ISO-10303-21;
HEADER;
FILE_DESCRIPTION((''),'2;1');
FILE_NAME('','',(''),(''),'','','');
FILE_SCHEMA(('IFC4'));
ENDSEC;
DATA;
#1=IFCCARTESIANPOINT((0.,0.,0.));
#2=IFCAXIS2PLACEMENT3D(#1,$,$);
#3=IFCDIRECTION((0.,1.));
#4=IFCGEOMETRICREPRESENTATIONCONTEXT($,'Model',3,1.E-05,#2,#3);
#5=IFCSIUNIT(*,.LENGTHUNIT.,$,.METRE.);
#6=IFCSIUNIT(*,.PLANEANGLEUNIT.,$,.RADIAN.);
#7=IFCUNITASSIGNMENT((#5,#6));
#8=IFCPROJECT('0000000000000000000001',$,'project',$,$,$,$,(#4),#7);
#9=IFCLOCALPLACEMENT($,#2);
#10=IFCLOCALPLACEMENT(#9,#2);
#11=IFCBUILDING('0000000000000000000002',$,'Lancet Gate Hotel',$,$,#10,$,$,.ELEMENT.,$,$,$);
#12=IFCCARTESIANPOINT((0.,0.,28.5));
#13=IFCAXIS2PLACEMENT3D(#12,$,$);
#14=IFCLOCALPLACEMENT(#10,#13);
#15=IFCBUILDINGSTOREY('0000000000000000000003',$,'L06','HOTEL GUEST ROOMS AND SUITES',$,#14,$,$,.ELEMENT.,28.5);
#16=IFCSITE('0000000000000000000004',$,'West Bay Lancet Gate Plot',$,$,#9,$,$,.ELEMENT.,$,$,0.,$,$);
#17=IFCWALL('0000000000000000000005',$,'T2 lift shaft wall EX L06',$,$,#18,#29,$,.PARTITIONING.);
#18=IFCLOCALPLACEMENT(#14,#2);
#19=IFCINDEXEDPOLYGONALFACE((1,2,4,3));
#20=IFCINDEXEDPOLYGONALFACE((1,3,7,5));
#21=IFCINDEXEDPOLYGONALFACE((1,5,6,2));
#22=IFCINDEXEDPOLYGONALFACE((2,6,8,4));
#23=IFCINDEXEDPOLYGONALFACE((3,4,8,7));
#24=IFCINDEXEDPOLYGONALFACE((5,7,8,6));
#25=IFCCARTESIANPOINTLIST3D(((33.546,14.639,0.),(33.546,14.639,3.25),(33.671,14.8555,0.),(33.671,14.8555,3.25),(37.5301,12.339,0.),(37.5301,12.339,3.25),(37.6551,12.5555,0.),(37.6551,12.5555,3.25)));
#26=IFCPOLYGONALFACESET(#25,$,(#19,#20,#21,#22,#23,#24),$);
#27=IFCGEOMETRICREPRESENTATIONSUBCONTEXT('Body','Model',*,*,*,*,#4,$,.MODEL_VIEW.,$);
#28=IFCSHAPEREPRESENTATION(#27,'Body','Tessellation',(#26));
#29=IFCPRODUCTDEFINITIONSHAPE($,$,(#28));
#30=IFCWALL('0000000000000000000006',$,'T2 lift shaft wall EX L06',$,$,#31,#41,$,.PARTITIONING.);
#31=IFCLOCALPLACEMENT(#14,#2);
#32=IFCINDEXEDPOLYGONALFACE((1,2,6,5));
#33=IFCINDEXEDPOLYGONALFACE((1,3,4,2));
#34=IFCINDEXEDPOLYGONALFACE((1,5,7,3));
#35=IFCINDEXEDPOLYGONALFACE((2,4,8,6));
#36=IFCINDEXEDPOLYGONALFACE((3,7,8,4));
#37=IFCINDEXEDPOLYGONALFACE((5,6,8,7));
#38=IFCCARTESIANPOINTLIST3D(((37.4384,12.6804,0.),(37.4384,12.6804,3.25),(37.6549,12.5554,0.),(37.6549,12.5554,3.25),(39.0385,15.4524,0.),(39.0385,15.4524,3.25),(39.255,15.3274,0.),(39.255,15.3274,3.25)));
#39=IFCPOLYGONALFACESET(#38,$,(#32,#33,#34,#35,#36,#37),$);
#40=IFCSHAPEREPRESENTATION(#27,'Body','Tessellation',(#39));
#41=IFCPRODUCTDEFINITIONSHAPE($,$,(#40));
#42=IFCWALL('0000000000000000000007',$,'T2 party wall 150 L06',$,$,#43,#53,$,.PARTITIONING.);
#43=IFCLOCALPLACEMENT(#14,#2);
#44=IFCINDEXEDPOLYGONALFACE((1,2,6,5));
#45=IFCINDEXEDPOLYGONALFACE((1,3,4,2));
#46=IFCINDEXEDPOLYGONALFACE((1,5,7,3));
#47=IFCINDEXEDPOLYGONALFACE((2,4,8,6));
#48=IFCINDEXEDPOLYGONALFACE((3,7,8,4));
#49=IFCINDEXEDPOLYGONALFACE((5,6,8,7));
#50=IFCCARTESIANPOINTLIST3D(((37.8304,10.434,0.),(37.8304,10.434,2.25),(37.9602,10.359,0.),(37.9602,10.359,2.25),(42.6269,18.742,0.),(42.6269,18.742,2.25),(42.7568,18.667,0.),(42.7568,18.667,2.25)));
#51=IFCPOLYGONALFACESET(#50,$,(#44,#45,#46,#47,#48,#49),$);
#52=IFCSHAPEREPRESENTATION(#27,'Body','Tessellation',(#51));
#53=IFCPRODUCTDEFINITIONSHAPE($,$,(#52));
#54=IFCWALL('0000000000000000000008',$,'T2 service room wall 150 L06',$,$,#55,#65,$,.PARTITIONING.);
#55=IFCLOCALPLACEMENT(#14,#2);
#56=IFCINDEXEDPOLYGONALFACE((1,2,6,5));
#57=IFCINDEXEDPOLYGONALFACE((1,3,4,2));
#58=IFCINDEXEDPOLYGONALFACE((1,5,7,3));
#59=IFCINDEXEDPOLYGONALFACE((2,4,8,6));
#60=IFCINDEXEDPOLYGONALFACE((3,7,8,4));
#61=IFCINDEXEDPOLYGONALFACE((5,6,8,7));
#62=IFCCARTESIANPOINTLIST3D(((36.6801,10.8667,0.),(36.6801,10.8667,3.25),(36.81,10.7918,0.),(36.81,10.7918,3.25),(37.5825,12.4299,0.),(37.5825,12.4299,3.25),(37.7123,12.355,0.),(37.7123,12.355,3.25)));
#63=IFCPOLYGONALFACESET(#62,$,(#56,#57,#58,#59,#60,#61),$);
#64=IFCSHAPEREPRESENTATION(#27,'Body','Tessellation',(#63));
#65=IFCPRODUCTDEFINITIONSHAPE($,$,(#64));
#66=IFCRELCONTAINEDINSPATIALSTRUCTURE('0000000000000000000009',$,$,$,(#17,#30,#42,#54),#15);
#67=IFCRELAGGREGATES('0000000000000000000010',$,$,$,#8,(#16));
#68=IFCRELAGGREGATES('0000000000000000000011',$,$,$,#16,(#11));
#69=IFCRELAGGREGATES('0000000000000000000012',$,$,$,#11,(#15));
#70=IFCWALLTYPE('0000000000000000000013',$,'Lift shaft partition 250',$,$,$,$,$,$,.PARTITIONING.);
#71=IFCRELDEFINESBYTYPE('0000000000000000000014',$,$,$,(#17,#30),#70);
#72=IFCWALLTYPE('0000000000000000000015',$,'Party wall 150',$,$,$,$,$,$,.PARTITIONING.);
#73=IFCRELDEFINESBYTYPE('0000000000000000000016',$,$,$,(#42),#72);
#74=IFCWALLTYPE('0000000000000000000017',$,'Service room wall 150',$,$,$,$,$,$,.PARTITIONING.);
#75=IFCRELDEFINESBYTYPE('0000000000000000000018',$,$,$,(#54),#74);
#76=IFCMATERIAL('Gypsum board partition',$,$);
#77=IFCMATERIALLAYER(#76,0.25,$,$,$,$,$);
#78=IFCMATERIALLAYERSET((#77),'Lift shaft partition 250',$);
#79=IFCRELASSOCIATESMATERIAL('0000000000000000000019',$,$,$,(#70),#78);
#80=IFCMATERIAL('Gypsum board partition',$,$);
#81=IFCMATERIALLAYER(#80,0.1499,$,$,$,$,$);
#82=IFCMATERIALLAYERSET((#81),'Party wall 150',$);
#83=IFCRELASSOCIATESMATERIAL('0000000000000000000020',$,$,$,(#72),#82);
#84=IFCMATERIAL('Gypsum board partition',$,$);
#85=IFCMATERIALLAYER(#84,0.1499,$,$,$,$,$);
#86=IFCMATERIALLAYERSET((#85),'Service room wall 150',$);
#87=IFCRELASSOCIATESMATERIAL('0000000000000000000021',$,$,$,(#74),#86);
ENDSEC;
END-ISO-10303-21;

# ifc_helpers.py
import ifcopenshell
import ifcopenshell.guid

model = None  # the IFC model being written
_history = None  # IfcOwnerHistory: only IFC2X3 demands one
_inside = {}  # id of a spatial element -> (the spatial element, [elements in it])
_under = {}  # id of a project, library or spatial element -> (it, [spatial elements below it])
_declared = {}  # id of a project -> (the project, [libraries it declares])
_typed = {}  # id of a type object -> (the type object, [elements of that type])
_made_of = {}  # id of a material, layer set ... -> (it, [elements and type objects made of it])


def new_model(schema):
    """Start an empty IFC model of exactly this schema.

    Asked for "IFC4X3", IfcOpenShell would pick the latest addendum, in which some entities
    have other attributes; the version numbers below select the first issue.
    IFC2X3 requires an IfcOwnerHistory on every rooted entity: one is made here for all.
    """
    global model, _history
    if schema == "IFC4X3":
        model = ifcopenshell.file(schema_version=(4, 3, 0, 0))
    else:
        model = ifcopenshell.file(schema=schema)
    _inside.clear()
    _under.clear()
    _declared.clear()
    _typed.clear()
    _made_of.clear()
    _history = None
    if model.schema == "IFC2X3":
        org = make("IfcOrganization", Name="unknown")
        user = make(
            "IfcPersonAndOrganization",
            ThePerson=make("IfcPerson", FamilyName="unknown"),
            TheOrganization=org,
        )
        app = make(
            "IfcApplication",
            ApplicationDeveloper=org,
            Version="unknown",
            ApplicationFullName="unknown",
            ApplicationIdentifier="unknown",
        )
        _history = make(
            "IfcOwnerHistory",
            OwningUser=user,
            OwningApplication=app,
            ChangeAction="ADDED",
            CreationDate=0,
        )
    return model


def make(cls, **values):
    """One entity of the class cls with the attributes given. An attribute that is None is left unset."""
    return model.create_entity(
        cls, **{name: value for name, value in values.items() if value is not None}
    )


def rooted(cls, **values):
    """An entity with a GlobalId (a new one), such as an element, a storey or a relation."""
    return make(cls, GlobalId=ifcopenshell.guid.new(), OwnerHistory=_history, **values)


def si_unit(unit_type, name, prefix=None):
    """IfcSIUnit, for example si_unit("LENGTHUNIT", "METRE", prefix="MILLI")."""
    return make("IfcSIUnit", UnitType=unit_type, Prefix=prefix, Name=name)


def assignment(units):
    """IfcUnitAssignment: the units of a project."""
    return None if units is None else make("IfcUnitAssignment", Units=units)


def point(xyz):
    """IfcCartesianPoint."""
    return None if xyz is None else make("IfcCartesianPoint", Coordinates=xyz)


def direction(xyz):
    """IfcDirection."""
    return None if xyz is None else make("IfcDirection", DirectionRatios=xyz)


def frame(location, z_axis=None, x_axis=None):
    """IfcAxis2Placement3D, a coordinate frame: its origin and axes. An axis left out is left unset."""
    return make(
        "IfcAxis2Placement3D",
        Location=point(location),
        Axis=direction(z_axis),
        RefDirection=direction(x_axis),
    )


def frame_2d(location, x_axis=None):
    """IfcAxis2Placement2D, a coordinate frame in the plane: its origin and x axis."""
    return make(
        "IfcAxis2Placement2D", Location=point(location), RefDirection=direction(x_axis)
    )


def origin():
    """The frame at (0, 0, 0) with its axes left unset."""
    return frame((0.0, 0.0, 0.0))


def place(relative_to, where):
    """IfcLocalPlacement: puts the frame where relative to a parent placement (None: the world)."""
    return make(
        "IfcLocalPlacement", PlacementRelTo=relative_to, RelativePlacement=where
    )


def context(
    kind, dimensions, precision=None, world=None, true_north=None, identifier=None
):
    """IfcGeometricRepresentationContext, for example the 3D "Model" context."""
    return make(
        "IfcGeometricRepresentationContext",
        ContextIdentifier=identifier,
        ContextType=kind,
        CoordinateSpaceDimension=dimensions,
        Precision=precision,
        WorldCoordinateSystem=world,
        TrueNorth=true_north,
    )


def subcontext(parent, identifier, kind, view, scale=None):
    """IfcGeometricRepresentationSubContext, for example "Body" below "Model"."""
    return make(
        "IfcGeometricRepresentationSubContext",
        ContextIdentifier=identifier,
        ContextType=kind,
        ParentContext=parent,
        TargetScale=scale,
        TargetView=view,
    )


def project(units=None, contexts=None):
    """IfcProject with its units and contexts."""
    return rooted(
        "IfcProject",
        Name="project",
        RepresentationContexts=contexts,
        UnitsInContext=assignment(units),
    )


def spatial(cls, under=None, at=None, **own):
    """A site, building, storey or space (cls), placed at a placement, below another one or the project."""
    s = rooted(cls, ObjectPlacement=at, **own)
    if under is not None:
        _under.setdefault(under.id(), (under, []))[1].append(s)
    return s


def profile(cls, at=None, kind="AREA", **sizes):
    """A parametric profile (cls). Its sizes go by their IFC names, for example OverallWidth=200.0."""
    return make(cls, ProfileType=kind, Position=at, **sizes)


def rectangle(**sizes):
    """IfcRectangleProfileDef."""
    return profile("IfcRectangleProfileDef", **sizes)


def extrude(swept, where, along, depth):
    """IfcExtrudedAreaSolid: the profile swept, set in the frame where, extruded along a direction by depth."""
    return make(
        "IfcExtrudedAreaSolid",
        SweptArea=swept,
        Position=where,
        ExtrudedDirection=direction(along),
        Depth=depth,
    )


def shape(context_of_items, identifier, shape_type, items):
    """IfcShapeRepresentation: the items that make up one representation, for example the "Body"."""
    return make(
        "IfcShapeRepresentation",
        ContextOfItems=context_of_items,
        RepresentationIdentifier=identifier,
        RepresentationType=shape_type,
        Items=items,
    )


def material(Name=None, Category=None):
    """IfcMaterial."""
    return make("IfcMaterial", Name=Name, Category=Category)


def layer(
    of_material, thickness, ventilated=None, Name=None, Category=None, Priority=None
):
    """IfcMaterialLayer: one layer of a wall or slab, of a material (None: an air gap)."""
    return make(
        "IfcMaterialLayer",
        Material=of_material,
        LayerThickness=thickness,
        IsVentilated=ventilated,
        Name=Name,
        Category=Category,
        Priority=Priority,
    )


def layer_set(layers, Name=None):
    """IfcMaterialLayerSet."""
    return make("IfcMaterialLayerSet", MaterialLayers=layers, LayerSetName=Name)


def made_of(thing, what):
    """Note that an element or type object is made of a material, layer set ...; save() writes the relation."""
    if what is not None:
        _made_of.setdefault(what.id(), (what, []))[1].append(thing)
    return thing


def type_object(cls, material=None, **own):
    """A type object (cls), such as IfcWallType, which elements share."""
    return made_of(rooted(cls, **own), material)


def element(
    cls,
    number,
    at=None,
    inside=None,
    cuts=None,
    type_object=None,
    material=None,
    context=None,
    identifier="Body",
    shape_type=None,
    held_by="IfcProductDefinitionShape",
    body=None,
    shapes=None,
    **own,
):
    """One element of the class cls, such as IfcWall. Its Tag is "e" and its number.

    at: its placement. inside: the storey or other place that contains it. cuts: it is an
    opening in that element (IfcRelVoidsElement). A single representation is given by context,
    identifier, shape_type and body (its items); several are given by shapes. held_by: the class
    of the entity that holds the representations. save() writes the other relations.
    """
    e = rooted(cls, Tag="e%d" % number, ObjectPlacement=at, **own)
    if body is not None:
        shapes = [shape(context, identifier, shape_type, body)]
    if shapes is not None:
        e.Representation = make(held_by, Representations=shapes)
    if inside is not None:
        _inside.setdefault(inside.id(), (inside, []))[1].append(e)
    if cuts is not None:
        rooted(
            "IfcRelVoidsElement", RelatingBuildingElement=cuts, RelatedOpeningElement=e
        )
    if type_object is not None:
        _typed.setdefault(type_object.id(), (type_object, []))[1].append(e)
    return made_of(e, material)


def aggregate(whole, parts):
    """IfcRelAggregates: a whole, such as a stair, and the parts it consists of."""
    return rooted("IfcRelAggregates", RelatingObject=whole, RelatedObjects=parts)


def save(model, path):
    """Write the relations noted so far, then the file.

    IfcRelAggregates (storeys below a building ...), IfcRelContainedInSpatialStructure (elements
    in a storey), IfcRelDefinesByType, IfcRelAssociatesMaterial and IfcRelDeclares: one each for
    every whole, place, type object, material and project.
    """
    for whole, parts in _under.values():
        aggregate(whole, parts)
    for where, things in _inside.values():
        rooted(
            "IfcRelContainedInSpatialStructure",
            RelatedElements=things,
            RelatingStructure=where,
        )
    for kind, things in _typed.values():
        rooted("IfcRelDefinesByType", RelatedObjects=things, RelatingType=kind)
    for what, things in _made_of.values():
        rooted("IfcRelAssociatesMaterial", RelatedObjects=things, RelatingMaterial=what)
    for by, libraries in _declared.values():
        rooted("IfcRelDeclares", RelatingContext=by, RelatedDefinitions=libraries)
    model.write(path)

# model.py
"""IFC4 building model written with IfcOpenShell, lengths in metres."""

from ifc_helpers import new_model, si_unit, direction, frame, frame_2d, origin, place, context, subcontext, project, spatial, rectangle, extrude, material, layer, layer_set, type_object, element, save


model = new_model("IFC4")

# Units and contexts
model_context = context("Model", 3, precision=1e-05, world=origin(), true_north=direction((0.0, 1.0)))
body_context = subcontext(model_context, "Body", "Model", "MODEL_VIEW")
ifc_project = project(units=[si_unit("LENGTHUNIT", "METRE"), si_unit("PLANEANGLEUNIT", "RADIAN")], contexts=[model_context])

# Site, building, storey
site_placement = place(None, origin())
site = spatial("IfcSite", under=ifc_project, at=site_placement, Name="West Bay Lancet Gate Plot", CompositionType="ELEMENT", RefElevation=0.0)
building_placement = place(site_placement, origin())
building = spatial("IfcBuilding", under=site, at=building_placement, Name="Lancet Gate Hotel", CompositionType="ELEMENT")
storey_placement = place(building_placement, frame((0.0, 0.0, 28.5)))
storey = spatial("IfcBuildingStorey", under=building, at=storey_placement, Name="L06", Description="HOTEL GUEST ROOMS AND SUITES", CompositionType="ELEMENT", Elevation=28.5)

# Walls
ifc_material_1 = material(Name="Gypsum board partition")
ifc_layer_1 = layer(ifc_material_1, 0.25)
ifc_layer_set_1 = layer_set([ifc_layer_1], Name="Lift shaft partition 250")
wall_type_1 = type_object("IfcWallType", Name="Lift shaft partition 250", PredefinedType="PARTITIONING", material=ifc_layer_set_1)
wall_1_placement = place(storey_placement, frame((33.6084, 14.7473, 0.0), z_axis=(0.0, 0.0, 1.0), x_axis=(0.866043, -0.499969, 0.0)))
element("IfcWall", 1, at=wall_1_placement, inside=storey, type_object=wall_type_1, Name="T2 lift shaft wall EX L06", PredefinedType="PARTITIONING", context=body_context, shape_type="SweptSolid", body=[
    extrude(rectangle(XDim=4.6003, YDim=0.25, at=frame_2d((2.3003, 0.0))), origin(), (0.0, 0.0, 1.0), 3.25),
])
wall_2_placement = place(storey_placement, frame((37.5466, 12.6179, 0.0), z_axis=(0.0, 0.0, 1.0), x_axis=(0.499929, 0.866066, 0.0)))
element("IfcWall", 2, at=wall_2_placement, inside=storey, type_object=wall_type_1, Name="T2 lift shaft wall EX L06", PredefinedType="PARTITIONING", context=body_context, shape_type="SweptSolid", body=[
    extrude(rectangle(XDim=3.2007, YDim=0.25, at=frame_2d((1.6003, 0.0))), origin(), (0.0, 0.0, 1.0), 3.25),
])
ifc_material_2 = material(Name="Gypsum board partition")
ifc_layer_2 = layer(ifc_material_2, 0.1499)
ifc_layer_set_2 = layer_set([ifc_layer_2], Name="Party wall 150")
wall_type_2 = type_object("IfcWallType", Name="Party wall 150", PredefinedType="PARTITIONING", material=ifc_layer_set_2)
wall_3_placement = place(storey_placement, frame((37.8953, 10.3965, 0.0), z_axis=(0.0, 0.0, 1.0), x_axis=(0.499996, 0.866028, 0.0)))
element("IfcWall", 3, at=wall_3_placement, inside=storey, type_object=wall_type_2, Name="T2 party wall 150 L06", PredefinedType="PARTITIONING", context=body_context, shape_type="SweptSolid", body=[
    extrude(rectangle(XDim=9.5933, YDim=0.1499, at=frame_2d((4.7966, 0.0))), origin(), (0.0, 0.0, 1.0), 2.25),
])
ifc_material_3 = material(Name="Gypsum board partition")
ifc_layer_3 = layer(ifc_material_3, 0.1499)
ifc_layer_set_3 = layer_set([ifc_layer_3], Name="Service room wall 150")
wall_type_3 = type_object("IfcWallType", Name="Service room wall 150", PredefinedType="PARTITIONING", material=ifc_layer_set_3)
wall_4_placement = place(storey_placement, frame((36.7451, 10.8293, 0.0), z_axis=(0.0, 0.0, 1.0), x_axis=(0.499922, 0.866071, 0.0)))
element("IfcWall", 4, at=wall_4_placement, inside=storey, type_object=wall_type_3, Name="T2 service room wall 150 L06", PredefinedType="PARTITIONING", context=body_context, shape_type="SweptSolid", body=[
    extrude(rectangle(XDim=1.8049, YDim=0.1499, at=frame_2d((0.9023, 0.0))), origin(), (0.0, 0.0, 1.0), 3.25),
])

save(model, "model.ifc")
